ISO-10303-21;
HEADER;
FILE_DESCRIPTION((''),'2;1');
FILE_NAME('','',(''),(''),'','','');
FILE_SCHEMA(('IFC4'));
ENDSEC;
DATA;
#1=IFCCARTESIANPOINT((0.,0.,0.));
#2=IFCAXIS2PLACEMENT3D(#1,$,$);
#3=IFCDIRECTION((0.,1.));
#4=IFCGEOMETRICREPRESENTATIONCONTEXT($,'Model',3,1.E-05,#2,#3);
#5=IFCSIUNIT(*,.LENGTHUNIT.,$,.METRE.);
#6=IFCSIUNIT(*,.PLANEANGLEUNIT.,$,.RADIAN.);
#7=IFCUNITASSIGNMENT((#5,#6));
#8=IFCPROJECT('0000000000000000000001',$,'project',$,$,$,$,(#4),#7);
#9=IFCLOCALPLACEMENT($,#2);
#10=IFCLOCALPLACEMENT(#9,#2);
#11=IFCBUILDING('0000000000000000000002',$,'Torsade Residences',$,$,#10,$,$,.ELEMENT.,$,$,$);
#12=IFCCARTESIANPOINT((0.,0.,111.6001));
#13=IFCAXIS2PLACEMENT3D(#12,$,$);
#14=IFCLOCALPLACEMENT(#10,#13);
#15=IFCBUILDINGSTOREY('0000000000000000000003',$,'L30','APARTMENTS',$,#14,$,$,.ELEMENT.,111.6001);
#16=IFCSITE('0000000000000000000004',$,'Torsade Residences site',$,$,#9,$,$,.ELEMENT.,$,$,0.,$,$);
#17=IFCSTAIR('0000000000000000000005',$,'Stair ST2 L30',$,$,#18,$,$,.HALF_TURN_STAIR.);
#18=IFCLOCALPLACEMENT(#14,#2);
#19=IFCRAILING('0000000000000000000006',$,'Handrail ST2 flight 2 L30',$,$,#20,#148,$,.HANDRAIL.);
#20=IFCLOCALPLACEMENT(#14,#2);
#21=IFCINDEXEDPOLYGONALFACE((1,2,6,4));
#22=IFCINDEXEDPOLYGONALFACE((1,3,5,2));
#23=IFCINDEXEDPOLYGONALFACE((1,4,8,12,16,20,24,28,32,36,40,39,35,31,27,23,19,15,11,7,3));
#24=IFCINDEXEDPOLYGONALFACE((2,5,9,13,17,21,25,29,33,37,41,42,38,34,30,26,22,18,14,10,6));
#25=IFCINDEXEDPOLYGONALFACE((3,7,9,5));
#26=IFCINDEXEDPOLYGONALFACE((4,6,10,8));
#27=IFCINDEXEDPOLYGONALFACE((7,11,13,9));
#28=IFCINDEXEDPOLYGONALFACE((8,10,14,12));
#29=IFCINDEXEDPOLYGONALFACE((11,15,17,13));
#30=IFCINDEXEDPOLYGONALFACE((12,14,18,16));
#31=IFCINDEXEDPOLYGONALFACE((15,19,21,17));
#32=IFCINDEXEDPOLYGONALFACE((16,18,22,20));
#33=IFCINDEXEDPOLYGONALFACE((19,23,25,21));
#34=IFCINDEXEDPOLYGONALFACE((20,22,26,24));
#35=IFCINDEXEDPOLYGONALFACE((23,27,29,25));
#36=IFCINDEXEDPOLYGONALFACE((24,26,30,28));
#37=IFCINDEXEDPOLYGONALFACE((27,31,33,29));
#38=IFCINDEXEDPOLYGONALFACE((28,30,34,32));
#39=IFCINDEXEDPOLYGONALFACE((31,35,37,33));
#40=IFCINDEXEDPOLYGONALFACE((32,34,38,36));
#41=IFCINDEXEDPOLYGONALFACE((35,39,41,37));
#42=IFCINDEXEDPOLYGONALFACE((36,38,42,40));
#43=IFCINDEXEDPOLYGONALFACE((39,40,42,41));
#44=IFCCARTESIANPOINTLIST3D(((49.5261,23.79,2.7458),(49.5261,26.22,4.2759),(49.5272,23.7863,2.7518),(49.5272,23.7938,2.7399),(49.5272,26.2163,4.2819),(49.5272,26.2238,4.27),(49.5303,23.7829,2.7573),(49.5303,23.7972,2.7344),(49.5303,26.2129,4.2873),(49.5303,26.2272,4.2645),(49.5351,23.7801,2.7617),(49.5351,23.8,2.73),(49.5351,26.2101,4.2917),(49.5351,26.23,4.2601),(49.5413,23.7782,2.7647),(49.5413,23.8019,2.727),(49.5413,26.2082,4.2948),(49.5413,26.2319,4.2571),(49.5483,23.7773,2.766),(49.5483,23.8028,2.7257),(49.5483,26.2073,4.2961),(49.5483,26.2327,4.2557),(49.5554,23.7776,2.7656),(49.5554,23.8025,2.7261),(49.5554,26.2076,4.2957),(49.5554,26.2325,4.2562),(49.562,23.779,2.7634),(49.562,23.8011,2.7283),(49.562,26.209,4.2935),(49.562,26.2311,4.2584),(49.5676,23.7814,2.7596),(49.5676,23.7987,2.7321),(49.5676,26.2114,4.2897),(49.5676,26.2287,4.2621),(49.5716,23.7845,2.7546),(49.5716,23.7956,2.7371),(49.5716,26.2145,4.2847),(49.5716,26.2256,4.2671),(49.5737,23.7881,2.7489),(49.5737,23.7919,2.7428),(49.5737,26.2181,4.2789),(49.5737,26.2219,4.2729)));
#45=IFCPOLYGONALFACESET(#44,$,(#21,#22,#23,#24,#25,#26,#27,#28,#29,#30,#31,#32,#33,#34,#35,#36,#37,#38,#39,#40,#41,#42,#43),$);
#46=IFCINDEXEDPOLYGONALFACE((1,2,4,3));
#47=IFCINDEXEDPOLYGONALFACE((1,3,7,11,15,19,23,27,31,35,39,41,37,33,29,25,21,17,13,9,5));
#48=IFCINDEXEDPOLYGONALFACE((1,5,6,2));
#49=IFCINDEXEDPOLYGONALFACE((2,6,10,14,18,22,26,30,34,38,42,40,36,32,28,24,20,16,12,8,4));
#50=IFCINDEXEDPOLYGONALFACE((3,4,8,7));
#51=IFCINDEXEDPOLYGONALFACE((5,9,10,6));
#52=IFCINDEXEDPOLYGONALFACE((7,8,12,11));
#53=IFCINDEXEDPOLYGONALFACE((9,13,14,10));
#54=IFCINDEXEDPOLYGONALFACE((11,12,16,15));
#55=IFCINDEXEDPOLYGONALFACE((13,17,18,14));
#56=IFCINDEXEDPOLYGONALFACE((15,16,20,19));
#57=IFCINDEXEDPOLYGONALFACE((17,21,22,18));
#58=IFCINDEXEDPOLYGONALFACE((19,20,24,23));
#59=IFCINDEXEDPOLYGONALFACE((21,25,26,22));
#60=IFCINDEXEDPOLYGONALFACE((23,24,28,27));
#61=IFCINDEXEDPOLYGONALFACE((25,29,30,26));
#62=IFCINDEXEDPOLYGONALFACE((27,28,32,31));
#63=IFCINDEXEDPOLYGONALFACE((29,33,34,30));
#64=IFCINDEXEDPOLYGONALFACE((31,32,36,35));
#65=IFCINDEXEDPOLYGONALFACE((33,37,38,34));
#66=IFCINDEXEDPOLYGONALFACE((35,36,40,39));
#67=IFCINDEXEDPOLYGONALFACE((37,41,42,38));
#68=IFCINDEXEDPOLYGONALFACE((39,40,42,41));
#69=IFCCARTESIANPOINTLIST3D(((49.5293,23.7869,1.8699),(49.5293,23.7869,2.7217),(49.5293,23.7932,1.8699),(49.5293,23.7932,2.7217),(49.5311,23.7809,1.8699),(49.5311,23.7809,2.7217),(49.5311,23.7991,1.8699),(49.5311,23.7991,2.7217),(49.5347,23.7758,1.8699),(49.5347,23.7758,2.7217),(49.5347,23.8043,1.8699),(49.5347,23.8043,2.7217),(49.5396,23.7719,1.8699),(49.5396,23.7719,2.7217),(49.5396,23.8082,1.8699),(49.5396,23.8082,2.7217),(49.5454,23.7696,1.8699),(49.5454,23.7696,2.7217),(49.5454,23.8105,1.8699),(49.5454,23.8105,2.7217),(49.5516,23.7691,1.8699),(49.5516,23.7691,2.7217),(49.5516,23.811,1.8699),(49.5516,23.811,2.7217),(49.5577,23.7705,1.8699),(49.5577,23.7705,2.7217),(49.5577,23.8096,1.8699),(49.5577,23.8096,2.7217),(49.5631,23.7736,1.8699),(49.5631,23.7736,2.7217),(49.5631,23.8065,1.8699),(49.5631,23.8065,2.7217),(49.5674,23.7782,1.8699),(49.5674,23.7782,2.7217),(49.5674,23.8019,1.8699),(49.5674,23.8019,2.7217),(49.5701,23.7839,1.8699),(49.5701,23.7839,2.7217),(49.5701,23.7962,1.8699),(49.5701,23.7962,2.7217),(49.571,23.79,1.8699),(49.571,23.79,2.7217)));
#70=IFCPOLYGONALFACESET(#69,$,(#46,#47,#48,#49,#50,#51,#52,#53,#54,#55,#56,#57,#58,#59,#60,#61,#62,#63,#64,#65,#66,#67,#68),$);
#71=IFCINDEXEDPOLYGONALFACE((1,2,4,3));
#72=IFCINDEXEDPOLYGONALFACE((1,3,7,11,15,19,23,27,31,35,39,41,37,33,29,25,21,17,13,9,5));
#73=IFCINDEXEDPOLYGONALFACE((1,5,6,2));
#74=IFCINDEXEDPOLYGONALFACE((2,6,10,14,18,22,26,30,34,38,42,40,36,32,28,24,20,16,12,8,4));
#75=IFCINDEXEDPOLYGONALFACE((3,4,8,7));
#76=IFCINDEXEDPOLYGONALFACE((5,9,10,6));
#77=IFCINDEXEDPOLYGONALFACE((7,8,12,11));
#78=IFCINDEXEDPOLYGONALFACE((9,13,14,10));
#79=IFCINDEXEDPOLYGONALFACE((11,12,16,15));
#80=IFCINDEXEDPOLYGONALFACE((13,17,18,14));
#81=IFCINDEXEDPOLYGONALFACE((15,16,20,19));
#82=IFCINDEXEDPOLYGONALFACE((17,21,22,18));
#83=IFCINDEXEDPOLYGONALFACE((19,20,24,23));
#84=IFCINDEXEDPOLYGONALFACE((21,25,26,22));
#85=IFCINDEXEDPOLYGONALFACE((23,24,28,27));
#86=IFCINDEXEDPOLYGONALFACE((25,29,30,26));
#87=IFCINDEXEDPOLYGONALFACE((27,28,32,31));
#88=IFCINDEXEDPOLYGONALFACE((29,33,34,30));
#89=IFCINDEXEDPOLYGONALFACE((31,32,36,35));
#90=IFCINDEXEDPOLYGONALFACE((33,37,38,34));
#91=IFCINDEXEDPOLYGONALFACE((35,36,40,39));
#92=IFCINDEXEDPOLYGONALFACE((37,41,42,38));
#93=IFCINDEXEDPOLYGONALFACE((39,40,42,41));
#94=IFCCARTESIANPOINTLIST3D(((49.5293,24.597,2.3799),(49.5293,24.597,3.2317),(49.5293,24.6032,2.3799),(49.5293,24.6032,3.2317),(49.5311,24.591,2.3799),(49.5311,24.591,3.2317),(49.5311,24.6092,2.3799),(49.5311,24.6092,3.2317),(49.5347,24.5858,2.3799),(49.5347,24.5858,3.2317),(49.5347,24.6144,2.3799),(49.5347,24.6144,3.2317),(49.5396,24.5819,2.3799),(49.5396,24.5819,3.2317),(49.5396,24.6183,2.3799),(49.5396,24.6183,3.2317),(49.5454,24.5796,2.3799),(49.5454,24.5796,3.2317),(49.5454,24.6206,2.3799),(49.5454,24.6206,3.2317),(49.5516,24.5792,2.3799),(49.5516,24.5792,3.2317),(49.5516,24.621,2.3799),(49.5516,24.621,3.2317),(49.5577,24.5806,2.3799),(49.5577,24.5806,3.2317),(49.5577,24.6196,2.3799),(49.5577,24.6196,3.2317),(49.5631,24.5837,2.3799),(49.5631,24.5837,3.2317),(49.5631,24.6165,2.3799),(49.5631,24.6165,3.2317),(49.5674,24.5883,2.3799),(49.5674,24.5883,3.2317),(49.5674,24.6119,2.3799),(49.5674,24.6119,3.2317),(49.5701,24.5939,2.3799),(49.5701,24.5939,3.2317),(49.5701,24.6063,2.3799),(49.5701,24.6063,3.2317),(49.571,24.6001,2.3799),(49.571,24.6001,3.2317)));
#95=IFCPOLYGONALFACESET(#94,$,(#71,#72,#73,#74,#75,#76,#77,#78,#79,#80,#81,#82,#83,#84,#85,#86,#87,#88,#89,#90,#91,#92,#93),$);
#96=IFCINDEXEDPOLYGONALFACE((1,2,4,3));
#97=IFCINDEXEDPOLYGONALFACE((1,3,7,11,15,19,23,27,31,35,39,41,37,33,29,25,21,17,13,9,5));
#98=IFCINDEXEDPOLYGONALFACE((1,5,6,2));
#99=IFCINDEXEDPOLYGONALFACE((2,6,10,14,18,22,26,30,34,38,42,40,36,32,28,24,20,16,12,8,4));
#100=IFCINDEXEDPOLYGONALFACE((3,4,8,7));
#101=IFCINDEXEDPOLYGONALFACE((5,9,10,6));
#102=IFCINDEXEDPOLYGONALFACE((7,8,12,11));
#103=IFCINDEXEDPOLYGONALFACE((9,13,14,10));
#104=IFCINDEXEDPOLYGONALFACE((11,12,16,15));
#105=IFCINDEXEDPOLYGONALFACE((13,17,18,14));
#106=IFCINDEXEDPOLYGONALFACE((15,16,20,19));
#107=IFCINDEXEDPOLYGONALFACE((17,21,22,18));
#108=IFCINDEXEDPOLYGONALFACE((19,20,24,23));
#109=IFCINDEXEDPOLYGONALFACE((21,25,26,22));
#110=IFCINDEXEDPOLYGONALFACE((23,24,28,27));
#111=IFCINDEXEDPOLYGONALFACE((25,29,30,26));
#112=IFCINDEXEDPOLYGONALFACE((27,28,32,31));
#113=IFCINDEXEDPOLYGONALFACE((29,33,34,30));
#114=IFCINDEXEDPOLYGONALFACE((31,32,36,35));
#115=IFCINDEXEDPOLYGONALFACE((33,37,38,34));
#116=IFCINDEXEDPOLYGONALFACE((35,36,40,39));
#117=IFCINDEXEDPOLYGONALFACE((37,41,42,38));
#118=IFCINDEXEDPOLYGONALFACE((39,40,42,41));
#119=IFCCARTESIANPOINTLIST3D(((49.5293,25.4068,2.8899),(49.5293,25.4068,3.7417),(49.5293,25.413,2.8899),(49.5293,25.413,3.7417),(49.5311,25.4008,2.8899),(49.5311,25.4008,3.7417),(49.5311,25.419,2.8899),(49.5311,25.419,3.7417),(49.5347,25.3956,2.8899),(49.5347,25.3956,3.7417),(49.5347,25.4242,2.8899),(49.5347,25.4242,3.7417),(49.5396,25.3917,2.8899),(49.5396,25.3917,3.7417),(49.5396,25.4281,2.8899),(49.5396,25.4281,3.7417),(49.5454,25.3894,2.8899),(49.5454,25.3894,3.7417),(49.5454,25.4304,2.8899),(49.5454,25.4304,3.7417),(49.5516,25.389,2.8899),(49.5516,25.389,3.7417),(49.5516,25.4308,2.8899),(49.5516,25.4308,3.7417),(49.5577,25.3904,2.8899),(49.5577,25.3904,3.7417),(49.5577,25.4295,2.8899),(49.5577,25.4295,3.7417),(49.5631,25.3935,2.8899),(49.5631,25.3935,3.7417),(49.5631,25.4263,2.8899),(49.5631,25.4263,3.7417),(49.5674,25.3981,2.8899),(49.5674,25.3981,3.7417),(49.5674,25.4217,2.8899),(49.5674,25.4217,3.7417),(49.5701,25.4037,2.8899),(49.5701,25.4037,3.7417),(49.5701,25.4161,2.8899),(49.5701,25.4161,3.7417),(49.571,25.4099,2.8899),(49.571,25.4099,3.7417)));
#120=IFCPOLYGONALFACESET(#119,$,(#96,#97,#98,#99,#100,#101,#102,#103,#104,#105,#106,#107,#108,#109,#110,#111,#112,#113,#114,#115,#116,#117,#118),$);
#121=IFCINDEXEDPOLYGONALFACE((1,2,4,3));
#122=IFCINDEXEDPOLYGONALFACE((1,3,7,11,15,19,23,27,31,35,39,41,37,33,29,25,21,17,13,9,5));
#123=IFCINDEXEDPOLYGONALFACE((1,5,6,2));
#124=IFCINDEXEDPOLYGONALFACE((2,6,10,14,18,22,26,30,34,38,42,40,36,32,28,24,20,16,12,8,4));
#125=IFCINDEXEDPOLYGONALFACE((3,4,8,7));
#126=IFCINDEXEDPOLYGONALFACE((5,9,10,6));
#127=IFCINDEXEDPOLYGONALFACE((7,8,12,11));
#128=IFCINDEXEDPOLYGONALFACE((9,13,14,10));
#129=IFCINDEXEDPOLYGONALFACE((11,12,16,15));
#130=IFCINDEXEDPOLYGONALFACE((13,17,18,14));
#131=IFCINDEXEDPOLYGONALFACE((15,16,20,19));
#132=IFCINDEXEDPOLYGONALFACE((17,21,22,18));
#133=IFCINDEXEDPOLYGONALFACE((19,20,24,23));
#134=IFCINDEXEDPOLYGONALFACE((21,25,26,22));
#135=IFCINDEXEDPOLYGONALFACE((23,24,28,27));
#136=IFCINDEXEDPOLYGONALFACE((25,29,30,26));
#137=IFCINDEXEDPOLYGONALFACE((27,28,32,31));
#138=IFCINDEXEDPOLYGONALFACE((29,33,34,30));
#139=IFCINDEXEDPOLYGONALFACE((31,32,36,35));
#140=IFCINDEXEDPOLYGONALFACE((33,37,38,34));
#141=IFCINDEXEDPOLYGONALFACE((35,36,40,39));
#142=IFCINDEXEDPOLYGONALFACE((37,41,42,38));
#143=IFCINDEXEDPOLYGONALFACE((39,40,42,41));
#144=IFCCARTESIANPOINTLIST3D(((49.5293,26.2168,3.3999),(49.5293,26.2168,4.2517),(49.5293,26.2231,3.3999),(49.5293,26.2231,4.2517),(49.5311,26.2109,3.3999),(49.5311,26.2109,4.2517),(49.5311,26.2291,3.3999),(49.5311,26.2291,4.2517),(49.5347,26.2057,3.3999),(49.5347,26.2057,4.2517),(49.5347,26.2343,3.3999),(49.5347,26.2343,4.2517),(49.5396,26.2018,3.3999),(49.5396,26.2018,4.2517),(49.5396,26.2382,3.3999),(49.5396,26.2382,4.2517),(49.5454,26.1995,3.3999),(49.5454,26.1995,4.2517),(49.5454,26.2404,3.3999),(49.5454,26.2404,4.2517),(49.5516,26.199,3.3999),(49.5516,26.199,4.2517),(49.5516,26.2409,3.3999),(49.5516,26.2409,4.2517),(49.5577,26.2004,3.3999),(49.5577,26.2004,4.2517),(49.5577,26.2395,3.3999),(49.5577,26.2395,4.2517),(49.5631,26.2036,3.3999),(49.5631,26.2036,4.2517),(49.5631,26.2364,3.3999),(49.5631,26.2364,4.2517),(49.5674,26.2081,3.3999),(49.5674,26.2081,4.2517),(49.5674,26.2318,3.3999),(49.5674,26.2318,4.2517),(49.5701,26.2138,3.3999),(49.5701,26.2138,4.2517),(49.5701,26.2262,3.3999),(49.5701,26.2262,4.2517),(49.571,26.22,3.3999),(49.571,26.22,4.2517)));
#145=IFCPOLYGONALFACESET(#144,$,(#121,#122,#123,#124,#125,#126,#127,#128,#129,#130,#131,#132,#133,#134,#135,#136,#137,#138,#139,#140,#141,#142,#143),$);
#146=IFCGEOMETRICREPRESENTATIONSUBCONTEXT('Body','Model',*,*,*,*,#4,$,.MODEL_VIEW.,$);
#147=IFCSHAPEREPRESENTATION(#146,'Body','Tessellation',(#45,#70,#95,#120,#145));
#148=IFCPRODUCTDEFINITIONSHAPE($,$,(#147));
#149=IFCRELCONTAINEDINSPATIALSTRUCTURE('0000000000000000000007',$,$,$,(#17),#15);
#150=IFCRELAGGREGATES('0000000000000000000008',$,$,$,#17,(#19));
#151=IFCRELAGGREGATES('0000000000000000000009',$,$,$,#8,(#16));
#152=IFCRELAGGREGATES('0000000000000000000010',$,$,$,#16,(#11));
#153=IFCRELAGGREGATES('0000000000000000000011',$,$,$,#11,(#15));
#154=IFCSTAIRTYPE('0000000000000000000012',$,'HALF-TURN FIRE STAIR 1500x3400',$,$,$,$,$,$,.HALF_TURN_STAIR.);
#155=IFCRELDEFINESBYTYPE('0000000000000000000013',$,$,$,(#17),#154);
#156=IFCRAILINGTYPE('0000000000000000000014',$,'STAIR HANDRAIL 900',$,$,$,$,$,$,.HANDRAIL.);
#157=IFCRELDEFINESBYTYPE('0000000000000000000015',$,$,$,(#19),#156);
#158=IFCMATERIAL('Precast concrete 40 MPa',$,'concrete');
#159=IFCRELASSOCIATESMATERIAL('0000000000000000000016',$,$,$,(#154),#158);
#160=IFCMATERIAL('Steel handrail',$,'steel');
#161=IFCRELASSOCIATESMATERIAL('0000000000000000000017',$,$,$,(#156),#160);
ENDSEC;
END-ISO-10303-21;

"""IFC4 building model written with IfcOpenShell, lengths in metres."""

from ifc_helpers import new_model, si_unit, direction, frame, origin, origin_2d, place, context, subcontext, project, spatial, circle, extrude, material, type_object, element, aggregate, save


model = new_model("IFC4")

# Units and contexts
model_context = context("Model", 3, precision=1e-05, world=origin(), true_north=direction((0.0, 1.0)))
body_context = subcontext(model_context, "Body", "Model", "MODEL_VIEW")
ifc_project = project(units=[si_unit("LENGTHUNIT", "METRE"), si_unit("PLANEANGLEUNIT", "RADIAN")], contexts=[model_context])

# Site, building, storey
site_placement = place(None, origin())
site = spatial("IfcSite", under=ifc_project, at=site_placement, Name="Torsade Residences site", CompositionType="ELEMENT", RefElevation=0.0)
building_placement = place(site_placement, origin())
building = spatial("IfcBuilding", under=site, at=building_placement, Name="Torsade Residences", CompositionType="ELEMENT")
storey_placement = place(building_placement, frame((0.0, 0.0, 111.6001)))
storey = spatial("IfcBuildingStorey", under=building, at=storey_placement, Name="L30", Description="APARTMENTS", CompositionType="ELEMENT", Elevation=111.6001)

# Stair, railing
ifc_material_1 = material(Name="Precast concrete 40 MPa", Category="concrete")
stair_type = type_object("IfcStairType", Name="HALF-TURN FIRE STAIR 1500x3400", PredefinedType="HALF_TURN_STAIR", material=ifc_material_1)
stair_placement = place(storey_placement, origin())
stair = element("IfcStair", 1, at=stair_placement, inside=storey, type_object=stair_type, Name="Stair ST2 L30", PredefinedType="HALF_TURN_STAIR")
ifc_material_2 = material(Name="Steel handrail", Category="steel")
railing_type = type_object("IfcRailingType", Name="STAIR HANDRAIL 900", PredefinedType="HANDRAIL", material=ifc_material_2)
railing_1_placement = place(storey_placement, frame((49.55, 23.79, 1.8699)))
railing_1 = element("IfcRailing", 2, at=railing_1_placement, type_object=railing_type, Name="Handrail ST2 flight 2 L30", PredefinedType="HANDRAIL", context=body_context, shape_type="SweptSolid", body=[
    extrude(circle(Radius=0.0239, at=origin_2d()), frame((0.0, 0.0, 0.876), z_axis=(0.0, 0.846221, 0.532831), x_axis=(-1.0, 0.0, 0.0)), (0.0, 0.0, 1.0), 2.8716),
    extrude(circle(Radius=0.021, at=origin_2d()), origin(), (0.0, 0.0, 1.0), 0.8518),
    extrude(circle(Radius=0.021, at=origin_2d()), frame((0.0, 0.8101, 0.51)), (0.0, 0.0, 1.0), 0.8518),
    extrude(circle(Radius=0.021, at=origin_2d()), frame((0.0, 1.6199, 1.02)), (0.0, 0.0, 1.0), 0.8518),
    extrude(circle(Radius=0.021, at=origin_2d()), frame((0.0, 2.4299, 1.53)), (0.0, 0.0, 1.0), 0.8518),
])
aggregate(stair, [railing_1])

save(model, "model.ifc")
